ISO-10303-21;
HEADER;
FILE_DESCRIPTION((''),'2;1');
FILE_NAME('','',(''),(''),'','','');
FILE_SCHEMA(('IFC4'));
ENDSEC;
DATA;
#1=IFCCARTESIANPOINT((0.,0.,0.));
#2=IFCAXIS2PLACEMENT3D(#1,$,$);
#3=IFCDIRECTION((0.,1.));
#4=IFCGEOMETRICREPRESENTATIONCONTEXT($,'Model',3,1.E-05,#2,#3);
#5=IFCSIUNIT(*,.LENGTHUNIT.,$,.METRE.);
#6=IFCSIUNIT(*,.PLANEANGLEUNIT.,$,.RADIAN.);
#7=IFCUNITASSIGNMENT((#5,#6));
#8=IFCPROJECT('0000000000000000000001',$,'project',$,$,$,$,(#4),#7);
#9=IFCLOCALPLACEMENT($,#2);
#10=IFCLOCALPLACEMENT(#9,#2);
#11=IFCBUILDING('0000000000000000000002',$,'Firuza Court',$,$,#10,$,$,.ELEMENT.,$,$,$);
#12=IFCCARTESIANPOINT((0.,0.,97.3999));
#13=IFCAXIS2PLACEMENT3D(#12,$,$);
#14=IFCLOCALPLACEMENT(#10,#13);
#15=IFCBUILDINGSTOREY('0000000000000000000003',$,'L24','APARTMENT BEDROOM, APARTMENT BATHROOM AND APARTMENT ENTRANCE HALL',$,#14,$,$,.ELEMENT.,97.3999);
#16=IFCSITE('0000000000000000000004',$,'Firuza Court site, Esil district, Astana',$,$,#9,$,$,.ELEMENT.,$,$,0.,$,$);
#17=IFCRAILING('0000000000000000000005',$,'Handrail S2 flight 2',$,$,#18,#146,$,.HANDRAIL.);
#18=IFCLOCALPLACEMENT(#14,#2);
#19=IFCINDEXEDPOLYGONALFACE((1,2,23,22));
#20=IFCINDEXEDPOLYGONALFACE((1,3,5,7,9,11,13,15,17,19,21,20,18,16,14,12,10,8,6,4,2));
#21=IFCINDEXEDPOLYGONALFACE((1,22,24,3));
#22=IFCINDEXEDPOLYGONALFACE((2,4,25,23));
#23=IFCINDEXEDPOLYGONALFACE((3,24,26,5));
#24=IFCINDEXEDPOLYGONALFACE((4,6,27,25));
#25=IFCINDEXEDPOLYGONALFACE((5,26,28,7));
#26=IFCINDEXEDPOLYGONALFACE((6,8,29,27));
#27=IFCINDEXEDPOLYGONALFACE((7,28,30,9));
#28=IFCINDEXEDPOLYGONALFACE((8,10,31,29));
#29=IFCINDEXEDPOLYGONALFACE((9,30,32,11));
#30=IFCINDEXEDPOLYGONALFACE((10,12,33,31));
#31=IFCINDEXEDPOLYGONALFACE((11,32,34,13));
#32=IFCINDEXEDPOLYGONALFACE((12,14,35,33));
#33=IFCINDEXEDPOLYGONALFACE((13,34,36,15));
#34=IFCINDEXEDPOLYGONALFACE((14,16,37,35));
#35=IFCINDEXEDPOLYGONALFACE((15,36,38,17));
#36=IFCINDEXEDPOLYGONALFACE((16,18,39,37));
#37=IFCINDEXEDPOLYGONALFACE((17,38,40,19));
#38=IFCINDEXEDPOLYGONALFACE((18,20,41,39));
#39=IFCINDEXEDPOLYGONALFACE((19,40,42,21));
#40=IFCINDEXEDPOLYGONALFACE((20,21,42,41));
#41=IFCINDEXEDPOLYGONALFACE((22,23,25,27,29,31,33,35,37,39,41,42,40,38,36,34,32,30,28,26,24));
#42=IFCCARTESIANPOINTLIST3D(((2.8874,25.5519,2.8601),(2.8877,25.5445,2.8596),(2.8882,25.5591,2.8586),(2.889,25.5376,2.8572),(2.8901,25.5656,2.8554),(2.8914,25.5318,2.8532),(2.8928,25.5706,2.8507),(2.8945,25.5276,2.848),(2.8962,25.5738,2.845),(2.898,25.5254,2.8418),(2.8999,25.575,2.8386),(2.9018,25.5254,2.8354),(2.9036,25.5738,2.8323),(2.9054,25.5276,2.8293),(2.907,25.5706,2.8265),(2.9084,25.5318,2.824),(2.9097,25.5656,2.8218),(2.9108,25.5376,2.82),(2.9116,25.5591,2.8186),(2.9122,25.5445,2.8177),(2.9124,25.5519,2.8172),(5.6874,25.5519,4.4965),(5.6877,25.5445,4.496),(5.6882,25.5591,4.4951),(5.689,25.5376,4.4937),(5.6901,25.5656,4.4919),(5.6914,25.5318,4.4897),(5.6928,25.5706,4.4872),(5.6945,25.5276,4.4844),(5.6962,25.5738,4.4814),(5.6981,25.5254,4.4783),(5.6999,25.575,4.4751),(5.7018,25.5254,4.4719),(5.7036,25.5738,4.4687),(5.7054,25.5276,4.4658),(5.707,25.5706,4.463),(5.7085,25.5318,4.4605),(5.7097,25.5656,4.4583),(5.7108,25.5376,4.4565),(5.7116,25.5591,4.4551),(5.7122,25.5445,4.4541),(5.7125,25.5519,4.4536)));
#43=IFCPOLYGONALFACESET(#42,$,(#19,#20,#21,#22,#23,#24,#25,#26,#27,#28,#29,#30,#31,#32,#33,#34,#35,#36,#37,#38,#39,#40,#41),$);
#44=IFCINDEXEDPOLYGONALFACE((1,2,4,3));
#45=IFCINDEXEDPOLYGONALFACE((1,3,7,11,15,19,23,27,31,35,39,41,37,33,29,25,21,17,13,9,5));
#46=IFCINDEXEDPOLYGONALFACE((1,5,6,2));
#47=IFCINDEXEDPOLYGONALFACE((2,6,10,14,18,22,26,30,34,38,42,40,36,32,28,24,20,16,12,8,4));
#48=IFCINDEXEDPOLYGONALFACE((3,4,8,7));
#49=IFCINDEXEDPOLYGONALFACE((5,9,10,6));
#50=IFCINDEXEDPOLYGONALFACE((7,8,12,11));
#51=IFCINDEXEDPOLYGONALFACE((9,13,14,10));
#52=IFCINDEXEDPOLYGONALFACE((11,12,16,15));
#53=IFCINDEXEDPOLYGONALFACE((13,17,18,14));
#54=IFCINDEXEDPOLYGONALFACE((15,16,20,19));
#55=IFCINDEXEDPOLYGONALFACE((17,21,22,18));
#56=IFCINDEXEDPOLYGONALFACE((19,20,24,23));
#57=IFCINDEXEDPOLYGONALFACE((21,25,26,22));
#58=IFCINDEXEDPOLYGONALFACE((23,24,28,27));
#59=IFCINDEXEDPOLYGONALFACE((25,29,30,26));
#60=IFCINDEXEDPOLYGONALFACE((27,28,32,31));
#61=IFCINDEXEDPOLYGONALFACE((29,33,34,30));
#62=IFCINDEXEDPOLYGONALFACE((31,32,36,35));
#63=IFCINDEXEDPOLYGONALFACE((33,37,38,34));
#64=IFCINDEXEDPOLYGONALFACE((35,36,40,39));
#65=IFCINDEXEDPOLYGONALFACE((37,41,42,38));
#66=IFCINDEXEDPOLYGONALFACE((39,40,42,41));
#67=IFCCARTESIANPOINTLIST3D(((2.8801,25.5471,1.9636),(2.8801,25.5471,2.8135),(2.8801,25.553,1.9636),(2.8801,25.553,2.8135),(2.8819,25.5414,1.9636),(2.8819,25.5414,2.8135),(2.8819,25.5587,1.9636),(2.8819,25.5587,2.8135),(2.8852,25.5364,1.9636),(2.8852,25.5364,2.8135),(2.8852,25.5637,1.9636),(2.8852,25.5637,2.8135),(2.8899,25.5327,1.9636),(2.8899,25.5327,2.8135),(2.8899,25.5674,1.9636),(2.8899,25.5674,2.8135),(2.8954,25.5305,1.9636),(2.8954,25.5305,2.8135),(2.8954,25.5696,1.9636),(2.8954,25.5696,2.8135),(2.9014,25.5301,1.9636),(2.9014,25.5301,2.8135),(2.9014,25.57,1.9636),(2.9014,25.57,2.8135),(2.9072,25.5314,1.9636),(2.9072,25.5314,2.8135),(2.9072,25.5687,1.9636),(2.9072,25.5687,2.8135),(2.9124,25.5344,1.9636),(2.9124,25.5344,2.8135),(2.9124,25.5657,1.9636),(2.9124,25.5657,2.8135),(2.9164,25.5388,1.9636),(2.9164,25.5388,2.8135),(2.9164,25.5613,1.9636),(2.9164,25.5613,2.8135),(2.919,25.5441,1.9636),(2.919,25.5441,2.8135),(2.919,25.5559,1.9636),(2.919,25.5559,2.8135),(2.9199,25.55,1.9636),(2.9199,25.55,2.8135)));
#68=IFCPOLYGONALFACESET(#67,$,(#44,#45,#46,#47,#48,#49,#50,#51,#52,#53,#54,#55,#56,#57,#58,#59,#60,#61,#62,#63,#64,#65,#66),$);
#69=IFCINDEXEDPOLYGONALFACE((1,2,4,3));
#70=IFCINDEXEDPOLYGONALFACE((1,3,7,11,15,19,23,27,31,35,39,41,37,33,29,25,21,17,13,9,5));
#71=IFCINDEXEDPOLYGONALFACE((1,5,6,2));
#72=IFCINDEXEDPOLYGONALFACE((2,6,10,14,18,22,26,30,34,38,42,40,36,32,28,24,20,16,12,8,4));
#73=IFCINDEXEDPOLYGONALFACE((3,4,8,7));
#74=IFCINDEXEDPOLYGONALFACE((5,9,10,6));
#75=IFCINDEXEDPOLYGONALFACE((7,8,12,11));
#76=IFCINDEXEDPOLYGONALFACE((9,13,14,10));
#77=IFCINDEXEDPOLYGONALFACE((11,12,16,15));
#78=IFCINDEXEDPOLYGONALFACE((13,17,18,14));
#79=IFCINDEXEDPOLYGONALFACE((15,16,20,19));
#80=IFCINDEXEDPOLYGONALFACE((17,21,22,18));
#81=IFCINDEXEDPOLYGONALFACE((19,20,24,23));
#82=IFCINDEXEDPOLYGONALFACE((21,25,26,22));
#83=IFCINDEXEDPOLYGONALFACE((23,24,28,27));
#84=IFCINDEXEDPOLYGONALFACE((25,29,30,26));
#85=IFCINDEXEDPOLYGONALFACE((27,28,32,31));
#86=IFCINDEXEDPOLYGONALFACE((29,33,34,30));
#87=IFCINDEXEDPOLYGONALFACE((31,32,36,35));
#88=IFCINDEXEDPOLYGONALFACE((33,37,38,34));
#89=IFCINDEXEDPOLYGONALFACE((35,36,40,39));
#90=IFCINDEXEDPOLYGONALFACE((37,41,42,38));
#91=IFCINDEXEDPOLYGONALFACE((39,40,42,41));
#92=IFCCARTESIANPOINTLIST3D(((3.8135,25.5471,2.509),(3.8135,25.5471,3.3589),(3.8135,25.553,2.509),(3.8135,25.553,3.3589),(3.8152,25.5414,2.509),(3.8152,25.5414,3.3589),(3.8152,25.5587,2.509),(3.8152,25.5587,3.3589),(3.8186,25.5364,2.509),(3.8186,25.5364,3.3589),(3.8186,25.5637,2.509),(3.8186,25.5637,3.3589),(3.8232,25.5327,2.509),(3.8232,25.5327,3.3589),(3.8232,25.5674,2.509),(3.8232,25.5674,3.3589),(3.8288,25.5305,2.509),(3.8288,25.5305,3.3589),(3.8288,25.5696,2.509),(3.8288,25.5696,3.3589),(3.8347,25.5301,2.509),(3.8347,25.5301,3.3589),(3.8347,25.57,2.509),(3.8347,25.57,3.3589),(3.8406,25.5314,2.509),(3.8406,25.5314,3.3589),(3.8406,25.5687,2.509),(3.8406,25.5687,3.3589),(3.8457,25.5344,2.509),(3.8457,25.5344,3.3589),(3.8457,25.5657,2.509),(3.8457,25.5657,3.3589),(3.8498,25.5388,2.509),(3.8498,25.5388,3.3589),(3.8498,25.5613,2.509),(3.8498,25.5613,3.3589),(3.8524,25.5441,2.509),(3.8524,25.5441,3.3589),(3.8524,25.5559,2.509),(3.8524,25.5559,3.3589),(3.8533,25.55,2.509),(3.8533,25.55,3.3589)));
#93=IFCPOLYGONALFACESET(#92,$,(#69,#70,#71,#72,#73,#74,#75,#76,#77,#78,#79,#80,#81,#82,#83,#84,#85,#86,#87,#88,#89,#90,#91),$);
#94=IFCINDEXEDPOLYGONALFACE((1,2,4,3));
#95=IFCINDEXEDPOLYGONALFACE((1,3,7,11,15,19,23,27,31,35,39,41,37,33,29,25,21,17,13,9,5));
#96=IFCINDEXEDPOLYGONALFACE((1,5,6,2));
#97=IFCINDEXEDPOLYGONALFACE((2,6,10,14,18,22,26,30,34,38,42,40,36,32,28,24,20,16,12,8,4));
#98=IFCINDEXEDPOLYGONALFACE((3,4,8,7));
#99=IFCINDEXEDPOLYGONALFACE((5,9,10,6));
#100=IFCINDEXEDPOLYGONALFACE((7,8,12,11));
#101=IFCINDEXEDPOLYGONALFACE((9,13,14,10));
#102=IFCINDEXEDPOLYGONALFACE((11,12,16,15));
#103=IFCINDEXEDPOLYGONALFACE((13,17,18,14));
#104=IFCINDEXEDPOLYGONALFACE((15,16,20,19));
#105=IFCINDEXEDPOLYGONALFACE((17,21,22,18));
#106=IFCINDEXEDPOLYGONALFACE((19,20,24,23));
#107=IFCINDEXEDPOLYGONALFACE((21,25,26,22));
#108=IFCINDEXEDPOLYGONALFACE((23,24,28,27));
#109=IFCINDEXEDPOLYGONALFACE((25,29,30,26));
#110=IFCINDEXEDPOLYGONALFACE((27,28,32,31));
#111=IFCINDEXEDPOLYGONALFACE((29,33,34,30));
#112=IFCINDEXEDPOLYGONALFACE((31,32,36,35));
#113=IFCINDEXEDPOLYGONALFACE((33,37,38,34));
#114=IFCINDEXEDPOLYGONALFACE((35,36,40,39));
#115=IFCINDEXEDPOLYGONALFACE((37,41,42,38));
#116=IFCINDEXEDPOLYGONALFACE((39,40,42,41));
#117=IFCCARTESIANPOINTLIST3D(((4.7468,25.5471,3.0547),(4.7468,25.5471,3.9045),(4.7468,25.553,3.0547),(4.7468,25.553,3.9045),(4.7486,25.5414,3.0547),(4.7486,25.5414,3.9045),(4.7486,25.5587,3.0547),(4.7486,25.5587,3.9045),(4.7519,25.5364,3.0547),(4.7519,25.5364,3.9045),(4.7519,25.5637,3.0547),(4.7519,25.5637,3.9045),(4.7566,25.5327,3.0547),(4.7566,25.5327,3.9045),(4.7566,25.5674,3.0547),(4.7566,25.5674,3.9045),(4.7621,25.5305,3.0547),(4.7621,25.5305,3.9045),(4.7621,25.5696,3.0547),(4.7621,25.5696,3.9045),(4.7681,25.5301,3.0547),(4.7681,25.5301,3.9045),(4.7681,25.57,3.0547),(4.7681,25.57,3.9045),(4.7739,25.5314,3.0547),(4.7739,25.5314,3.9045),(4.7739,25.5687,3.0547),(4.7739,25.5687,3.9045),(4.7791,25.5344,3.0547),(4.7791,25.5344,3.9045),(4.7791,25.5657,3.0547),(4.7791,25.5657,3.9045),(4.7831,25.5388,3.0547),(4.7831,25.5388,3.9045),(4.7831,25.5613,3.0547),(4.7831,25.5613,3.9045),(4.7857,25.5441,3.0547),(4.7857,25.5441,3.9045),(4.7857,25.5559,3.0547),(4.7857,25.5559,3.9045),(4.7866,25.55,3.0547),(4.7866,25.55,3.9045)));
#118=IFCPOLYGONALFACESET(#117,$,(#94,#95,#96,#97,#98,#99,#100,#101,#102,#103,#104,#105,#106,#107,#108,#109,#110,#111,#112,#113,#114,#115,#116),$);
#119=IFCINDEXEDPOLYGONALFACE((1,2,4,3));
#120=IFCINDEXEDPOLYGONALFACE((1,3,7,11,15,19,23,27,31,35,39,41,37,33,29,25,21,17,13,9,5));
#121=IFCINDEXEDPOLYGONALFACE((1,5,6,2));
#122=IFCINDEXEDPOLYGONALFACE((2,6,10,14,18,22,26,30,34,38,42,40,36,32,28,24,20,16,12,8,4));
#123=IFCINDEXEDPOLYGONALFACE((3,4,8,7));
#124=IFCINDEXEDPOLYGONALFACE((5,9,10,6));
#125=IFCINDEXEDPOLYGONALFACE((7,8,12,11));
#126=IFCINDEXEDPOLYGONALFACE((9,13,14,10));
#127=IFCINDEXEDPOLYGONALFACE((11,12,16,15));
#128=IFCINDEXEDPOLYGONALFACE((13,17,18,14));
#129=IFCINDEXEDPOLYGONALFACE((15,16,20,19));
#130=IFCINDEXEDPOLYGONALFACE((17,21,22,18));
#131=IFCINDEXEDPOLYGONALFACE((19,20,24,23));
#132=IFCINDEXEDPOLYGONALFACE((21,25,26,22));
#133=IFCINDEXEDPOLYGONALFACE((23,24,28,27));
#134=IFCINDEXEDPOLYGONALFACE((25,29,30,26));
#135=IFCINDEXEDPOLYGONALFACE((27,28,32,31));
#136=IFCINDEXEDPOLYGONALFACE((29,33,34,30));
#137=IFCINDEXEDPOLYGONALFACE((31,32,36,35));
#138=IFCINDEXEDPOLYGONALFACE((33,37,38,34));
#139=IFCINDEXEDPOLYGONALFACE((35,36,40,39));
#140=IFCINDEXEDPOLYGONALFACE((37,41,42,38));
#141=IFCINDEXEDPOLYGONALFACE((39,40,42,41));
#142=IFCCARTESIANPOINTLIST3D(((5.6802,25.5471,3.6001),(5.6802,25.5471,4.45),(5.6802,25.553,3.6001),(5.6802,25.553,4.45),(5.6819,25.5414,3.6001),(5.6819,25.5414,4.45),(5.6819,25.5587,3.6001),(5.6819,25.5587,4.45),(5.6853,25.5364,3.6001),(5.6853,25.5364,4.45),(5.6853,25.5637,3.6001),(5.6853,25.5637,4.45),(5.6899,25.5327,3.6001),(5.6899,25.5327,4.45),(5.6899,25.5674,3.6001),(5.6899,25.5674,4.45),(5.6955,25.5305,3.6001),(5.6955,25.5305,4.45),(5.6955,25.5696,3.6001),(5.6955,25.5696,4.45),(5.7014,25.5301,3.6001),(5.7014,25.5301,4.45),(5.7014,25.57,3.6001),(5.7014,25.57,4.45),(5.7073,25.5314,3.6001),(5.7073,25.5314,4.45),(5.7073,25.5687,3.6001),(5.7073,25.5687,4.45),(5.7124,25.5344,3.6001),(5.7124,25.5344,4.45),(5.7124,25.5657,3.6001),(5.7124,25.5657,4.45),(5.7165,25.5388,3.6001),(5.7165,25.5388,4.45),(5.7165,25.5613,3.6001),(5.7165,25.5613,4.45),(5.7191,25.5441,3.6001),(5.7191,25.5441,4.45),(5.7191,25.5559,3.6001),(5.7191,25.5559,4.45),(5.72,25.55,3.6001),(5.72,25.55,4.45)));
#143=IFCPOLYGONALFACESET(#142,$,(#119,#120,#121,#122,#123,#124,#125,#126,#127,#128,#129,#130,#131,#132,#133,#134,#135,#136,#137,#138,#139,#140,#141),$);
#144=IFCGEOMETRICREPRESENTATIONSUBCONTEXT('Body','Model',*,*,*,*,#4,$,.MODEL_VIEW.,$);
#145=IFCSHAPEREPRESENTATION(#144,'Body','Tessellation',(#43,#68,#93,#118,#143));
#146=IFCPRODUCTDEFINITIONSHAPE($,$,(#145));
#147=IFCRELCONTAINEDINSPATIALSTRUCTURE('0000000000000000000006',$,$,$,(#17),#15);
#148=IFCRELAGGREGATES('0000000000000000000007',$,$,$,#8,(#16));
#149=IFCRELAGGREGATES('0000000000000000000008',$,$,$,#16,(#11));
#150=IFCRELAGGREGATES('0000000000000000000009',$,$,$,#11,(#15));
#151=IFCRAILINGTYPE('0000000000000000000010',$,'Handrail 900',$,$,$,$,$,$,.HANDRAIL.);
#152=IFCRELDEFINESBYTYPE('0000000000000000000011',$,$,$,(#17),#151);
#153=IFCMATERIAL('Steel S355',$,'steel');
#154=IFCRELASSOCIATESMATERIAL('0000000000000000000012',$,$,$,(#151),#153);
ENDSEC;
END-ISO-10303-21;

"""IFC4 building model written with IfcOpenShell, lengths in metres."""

from ifc_helpers import new_model, si_unit, direction, frame, origin, origin_2d, place, context, subcontext, project, spatial, circle, extrude, material, type_object, element, save


model = new_model("IFC4")

# Units and contexts
model_context = context("Model", 3, precision=1e-05, world=origin(), true_north=direction((0.0, 1.0)))
body_context = subcontext(model_context, "Body", "Model", "MODEL_VIEW")
ifc_project = project(units=[si_unit("LENGTHUNIT", "METRE"), si_unit("PLANEANGLEUNIT", "RADIAN")], contexts=[model_context])

# Site, building, storey
site_placement = place(None, origin())
site = spatial("IfcSite", under=ifc_project, at=site_placement, Name="Firuza Court site, Esil district, Astana", CompositionType="ELEMENT", RefElevation=0.0)
building_placement = place(site_placement, origin())
building = spatial("IfcBuilding", under=site, at=building_placement, Name="Firuza Court", CompositionType="ELEMENT")
storey_placement = place(building_placement, frame((0.0, 0.0, 97.3999)))
storey = spatial("IfcBuildingStorey", under=building, at=storey_placement, Name="L24", Description="APARTMENT BEDROOM, APARTMENT BATHROOM AND APARTMENT ENTRANCE HALL", CompositionType="ELEMENT", Elevation=97.3999)

# Railing
ifc_material_1 = material(Name="Steel S355", Category="steel")
railing_type_1 = type_object("IfcRailingType", Name="Handrail 900", PredefinedType="HANDRAIL", material=ifc_material_1)
railing_1_placement = place(storey_placement, frame((2.8999, 25.55, 1.9636)))
element("IfcRailing", 1, at=railing_1_placement, inside=storey, type_object=railing_type_1, Name="Handrail S2 flight 2", PredefinedType="HANDRAIL", context=body_context, shape_type="SweptSolid", body=[
    extrude(circle(Radius=0.0249, at=origin_2d()), frame((0.0, 0.0, 0.875), z_axis=(0.863361, 0.0, 0.504587), x_axis=(0.0, 1.0, 0.0)), (0.0, 0.0, 1.0), 3.2432),
    extrude(circle(Radius=0.02, at=origin_2d()), origin(), (0.0, 0.0, 1.0), 0.8499),
    extrude(circle(Radius=0.02, at=origin_2d()), frame((0.9333, 0.0, 0.5454)), (0.0, 0.0, 1.0), 0.8499),
    extrude(circle(Radius=0.02, at=origin_2d()), frame((1.8667, 0.0, 1.0911)), (0.0, 0.0, 1.0), 0.8499),
    extrude(circle(Radius=0.02, at=origin_2d()), frame((2.8, 0.0, 1.6365)), (0.0, 0.0, 1.0), 0.8499),
])

save(model, "model.ifc")
